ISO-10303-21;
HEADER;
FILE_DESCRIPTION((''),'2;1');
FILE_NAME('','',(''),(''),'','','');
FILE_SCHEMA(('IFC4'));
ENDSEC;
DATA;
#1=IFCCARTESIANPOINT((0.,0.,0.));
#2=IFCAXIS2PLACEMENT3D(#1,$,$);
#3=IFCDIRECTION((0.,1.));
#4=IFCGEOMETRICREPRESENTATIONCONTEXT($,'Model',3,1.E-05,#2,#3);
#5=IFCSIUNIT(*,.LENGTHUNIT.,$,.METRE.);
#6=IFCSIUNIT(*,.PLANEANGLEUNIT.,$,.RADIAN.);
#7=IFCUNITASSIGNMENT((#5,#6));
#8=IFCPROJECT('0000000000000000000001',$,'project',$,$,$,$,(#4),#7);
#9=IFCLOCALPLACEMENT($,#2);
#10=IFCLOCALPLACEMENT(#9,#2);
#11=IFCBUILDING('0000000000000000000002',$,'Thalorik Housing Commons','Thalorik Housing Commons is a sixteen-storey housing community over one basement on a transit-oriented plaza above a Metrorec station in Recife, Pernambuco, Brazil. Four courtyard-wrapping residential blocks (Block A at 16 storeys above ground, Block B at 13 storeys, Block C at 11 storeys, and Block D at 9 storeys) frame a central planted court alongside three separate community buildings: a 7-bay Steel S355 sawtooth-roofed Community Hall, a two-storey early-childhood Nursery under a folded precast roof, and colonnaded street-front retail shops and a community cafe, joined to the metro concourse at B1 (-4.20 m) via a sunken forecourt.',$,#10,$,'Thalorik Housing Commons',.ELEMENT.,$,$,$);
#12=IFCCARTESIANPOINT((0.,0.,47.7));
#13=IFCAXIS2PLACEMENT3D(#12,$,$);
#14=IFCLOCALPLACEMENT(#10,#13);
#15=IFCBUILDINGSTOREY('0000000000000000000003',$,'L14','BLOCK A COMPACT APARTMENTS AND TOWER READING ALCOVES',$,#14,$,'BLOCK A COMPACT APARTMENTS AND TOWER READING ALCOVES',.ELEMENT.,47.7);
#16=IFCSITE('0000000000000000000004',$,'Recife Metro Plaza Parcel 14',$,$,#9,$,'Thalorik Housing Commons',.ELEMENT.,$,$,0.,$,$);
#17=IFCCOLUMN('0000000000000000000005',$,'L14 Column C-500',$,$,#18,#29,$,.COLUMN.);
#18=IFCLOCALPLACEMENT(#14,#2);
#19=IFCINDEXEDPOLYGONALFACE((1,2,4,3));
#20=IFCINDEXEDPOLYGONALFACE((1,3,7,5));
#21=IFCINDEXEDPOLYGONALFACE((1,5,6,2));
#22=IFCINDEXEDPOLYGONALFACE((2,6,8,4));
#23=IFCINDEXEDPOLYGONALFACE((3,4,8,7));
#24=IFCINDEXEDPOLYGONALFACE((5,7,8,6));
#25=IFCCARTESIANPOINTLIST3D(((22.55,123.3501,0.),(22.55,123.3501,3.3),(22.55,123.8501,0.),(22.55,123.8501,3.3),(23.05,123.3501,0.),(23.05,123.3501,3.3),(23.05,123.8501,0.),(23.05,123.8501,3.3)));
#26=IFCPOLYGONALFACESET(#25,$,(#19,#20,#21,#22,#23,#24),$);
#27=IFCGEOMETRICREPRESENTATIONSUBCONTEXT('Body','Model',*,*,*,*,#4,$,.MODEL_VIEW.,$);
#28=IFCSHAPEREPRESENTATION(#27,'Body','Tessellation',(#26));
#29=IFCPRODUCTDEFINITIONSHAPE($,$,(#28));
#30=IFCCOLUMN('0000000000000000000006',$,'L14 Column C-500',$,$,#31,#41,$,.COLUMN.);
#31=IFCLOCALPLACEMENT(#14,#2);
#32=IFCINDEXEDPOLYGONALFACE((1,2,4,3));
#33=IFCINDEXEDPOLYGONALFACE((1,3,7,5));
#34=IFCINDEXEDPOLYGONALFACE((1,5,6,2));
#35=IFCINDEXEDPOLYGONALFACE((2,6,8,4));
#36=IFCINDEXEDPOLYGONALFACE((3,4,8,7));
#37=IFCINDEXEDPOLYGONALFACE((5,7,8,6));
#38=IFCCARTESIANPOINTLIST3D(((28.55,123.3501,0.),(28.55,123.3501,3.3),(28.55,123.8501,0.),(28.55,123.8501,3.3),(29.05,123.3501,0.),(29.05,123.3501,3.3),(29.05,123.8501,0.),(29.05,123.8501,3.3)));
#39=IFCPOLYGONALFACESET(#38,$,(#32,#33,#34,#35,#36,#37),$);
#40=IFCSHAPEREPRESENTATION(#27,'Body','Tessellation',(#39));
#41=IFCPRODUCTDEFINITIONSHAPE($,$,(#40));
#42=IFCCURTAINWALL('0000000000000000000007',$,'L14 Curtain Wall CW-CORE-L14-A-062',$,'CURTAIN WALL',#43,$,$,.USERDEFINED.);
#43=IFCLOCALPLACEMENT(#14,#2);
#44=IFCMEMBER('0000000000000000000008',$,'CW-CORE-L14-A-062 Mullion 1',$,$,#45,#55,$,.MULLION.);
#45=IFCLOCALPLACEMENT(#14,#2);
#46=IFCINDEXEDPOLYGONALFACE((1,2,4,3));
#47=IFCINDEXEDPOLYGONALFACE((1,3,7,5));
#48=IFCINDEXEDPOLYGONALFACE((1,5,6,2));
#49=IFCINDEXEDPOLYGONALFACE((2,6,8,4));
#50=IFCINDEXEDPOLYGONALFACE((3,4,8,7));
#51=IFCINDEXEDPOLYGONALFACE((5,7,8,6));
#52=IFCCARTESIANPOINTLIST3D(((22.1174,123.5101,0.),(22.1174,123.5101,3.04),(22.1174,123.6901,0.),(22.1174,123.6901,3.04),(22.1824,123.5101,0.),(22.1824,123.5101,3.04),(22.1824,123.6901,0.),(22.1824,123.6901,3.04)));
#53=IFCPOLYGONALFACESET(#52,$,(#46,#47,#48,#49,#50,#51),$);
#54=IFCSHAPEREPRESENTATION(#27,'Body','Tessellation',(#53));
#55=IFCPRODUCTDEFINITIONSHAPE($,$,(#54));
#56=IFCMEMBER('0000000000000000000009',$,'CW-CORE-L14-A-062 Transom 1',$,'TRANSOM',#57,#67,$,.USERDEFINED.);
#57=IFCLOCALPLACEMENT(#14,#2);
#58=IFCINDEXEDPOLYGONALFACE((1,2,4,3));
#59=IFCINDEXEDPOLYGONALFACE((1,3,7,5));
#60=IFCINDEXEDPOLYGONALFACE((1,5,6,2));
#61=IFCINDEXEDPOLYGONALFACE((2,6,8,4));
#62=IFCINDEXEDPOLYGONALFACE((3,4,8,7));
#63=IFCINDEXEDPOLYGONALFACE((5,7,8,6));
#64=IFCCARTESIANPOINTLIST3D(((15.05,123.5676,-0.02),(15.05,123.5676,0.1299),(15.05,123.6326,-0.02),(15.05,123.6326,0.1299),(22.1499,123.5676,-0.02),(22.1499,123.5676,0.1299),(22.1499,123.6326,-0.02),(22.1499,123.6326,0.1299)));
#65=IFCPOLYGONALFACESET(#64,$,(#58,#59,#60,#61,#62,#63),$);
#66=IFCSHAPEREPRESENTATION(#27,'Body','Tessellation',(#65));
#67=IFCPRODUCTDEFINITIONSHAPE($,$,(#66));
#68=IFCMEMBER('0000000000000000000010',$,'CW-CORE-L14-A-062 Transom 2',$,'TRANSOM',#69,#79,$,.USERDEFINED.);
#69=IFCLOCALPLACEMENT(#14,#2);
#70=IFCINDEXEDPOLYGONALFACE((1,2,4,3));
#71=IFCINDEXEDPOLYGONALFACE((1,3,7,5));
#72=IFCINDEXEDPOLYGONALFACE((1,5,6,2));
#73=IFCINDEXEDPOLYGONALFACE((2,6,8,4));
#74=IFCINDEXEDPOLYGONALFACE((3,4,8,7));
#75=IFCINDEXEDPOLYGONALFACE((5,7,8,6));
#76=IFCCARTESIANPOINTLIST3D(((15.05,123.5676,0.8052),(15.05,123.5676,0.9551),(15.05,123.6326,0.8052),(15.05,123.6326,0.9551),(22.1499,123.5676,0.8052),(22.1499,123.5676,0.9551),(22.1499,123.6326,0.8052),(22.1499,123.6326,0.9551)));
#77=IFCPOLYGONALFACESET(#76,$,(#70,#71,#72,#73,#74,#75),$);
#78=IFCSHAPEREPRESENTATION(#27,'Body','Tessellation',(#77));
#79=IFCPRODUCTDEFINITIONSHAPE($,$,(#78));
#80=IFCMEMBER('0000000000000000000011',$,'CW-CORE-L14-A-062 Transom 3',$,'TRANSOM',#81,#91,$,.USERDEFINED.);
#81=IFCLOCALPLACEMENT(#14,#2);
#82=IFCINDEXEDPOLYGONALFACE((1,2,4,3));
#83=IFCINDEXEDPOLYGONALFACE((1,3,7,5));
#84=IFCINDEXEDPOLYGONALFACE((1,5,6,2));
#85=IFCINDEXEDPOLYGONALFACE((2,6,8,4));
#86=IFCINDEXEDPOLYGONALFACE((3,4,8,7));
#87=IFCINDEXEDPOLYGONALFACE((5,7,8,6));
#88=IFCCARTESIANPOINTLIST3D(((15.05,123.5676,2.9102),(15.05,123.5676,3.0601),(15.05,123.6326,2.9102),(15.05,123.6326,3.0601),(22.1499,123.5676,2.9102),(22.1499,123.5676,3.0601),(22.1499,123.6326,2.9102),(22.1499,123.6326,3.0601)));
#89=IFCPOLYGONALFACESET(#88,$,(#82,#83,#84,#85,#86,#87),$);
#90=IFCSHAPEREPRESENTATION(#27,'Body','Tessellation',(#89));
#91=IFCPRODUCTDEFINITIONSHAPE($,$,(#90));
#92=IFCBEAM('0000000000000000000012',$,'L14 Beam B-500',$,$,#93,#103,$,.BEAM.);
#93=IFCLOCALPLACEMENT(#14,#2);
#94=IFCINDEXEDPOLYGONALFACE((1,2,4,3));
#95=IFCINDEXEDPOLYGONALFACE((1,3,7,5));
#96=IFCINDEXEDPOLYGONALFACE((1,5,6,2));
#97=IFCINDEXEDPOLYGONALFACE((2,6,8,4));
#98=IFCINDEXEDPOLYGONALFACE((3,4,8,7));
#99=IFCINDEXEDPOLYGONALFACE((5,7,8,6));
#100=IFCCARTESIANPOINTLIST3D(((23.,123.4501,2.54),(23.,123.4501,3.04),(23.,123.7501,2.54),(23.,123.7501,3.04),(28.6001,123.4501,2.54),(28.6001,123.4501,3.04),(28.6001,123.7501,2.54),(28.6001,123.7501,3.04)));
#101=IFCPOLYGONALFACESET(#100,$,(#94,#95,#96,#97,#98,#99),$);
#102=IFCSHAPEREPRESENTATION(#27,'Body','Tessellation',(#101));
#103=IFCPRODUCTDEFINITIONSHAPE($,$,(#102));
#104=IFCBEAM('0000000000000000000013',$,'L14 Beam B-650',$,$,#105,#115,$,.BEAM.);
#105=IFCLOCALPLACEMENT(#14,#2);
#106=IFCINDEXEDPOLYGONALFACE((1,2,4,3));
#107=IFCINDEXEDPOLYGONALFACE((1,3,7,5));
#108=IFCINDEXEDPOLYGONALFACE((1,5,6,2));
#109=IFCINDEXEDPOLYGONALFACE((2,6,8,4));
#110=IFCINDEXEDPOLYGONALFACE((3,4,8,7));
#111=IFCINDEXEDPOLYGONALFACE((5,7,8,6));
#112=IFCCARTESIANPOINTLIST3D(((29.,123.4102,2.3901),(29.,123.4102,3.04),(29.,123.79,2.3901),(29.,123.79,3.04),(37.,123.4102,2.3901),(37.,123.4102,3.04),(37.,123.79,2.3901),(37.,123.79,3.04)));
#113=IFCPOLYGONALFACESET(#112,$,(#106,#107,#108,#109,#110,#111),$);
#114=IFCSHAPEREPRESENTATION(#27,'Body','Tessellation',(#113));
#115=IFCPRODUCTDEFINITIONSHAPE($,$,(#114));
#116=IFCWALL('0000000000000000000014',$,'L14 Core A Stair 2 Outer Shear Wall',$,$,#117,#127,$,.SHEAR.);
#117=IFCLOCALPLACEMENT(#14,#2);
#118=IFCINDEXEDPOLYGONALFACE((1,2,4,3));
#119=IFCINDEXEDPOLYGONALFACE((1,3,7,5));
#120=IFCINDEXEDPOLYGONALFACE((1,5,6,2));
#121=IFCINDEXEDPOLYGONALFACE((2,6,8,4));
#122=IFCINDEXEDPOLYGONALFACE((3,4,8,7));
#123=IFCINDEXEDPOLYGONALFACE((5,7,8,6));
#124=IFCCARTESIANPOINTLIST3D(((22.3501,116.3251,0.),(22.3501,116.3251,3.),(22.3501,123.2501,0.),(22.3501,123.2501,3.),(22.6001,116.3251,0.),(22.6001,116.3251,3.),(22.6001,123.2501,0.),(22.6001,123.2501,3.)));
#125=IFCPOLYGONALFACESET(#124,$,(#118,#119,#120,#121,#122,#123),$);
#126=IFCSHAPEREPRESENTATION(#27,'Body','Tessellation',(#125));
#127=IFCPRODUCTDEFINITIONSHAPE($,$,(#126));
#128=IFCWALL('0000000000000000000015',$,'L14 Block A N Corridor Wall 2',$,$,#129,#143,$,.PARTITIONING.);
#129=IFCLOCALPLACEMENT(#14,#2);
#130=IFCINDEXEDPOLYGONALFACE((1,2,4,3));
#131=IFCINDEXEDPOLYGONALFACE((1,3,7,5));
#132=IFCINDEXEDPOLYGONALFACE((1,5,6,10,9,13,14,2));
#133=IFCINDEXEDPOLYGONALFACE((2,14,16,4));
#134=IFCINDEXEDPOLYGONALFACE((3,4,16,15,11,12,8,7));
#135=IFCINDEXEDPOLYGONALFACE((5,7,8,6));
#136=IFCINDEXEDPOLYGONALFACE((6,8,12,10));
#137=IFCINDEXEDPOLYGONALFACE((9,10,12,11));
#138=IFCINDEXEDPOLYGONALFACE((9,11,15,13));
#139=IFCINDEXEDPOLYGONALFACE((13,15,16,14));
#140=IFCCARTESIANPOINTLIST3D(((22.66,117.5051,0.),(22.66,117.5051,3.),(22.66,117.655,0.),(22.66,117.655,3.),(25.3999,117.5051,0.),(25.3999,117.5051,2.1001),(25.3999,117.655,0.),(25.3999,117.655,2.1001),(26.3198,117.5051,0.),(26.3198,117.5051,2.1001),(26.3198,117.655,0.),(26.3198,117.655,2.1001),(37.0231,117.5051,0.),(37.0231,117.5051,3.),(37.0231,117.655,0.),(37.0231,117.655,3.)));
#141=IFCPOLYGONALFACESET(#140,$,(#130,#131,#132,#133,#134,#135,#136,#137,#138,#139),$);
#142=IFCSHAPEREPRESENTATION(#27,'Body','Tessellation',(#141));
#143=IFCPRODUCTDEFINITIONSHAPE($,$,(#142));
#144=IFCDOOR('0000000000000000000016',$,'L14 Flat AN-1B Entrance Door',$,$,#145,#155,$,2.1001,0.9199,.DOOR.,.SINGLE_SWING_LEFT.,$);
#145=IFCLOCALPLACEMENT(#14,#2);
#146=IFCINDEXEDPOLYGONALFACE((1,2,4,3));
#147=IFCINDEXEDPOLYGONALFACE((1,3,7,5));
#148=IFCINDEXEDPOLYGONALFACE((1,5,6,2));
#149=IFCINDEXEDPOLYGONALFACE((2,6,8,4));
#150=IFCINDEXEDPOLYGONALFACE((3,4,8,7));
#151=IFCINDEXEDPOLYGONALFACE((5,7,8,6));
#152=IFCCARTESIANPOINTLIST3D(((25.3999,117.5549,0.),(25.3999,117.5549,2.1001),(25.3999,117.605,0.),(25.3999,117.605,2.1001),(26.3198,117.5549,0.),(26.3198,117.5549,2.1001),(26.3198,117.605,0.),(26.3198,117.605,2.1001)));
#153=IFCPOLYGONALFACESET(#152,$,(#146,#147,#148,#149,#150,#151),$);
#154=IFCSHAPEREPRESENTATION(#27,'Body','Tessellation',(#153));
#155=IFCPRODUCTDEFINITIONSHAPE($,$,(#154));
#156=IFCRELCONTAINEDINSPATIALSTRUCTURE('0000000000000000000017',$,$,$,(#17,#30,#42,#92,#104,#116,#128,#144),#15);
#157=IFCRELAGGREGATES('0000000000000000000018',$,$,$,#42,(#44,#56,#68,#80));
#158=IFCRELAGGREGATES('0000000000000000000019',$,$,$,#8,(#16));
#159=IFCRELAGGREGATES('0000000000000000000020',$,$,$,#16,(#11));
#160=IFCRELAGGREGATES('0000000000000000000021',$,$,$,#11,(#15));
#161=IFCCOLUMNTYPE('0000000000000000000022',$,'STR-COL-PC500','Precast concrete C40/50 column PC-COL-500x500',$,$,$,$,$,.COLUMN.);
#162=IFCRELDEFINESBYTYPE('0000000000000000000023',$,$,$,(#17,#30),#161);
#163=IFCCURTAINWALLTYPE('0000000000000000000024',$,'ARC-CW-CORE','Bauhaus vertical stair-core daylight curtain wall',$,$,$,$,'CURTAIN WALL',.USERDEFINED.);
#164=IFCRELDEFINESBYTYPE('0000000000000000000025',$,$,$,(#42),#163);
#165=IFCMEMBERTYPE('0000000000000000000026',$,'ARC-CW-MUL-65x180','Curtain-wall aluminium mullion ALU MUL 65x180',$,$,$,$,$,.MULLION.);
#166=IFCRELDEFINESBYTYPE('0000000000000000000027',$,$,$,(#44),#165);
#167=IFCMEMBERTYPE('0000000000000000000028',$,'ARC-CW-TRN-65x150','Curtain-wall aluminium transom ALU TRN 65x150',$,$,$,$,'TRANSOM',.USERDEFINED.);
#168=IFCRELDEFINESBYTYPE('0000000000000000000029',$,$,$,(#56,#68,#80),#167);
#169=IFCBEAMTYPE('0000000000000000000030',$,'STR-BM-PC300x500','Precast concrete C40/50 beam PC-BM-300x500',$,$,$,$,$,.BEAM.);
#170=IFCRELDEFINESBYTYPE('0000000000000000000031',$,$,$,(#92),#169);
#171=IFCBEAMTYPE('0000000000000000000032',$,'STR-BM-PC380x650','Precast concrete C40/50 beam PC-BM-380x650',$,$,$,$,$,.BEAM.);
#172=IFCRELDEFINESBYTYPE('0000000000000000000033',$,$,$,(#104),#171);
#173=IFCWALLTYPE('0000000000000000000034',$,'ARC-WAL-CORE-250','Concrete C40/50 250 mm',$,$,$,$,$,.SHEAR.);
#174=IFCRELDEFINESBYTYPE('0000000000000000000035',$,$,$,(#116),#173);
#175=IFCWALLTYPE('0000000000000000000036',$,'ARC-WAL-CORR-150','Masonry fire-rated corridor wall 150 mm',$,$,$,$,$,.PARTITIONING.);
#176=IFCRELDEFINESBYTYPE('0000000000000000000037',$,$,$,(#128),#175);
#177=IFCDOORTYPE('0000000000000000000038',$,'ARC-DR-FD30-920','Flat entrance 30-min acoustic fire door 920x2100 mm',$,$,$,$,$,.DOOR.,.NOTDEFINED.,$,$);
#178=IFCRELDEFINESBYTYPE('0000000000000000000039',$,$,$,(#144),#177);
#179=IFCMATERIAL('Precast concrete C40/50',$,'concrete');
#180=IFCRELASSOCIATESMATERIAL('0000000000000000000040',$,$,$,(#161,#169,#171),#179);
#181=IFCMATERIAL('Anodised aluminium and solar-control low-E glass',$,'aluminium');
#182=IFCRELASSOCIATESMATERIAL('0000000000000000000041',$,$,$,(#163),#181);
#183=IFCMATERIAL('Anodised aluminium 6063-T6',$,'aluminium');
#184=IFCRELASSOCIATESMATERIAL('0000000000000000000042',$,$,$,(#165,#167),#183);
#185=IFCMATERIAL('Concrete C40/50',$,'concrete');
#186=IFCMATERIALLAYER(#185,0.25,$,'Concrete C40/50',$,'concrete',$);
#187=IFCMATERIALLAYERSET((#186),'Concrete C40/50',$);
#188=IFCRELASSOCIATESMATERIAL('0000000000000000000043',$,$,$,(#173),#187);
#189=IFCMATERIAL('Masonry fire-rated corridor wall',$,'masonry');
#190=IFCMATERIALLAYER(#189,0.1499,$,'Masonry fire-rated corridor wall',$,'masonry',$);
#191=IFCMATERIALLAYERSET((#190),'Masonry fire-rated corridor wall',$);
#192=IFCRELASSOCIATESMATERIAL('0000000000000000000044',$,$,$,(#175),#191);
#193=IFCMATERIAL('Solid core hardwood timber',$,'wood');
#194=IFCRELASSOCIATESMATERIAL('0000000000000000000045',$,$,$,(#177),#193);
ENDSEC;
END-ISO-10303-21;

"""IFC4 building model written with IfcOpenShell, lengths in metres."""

from ifc_helpers import new_model, si_unit, direction, frame, frame_2d, origin, origin_2d, place, context, subcontext, project, spatial, rectangle, extrude, material, layer, layer_set, material_profile, profile_set, type_object, element, fill, aggregate, save


model = new_model("IFC4")

# Units and contexts
model_context = context("Model", 3, precision=1e-05, world=origin(), true_north=direction((0.0, 1.0)))
body_context = subcontext(model_context, "Body", "Model", "MODEL_VIEW")
ifc_project = project(units=[si_unit("LENGTHUNIT", "METRE"), si_unit("PLANEANGLEUNIT", "RADIAN")], contexts=[model_context])

# Site, building, storey
site_placement = place(None, origin())
site = spatial("IfcSite", under=ifc_project, at=site_placement, Name="Recife Metro Plaza Parcel 14", LongName="Thalorik Housing Commons", CompositionType="ELEMENT", RefElevation=0.0)
building_placement = place(site_placement, origin())
building = spatial("IfcBuilding", under=site, at=building_placement, Name="Thalorik Housing Commons", Description="Thalorik Housing Commons is a sixteen-storey housing community over one basement on a transit-oriented plaza above a Metrorec station in Recife, Pernambuco, Brazil. Four courtyard-wrapping residential blocks (Block A at 16 storeys above ground, Block B at 13 storeys, Block C at 11 storeys, and Block D at 9 storeys) frame a central planted court alongside three separate community buildings: a 7-bay Steel S355 sawtooth-roofed Community Hall, a two-storey early-childhood Nursery under a folded precast roof, and colonnaded street-front retail shops and a community cafe, joined to the metro concourse at B1 (-4.20 m) via a sunken forecourt.", LongName="Thalorik Housing Commons", CompositionType="ELEMENT")
storey_placement = place(building_placement, frame((0.0, 0.0, 47.7)))
storey = spatial("IfcBuildingStorey", under=building, at=storey_placement, Name="L14", Description="BLOCK A COMPACT APARTMENTS AND TOWER READING ALCOVES", LongName="BLOCK A COMPACT APARTMENTS AND TOWER READING ALCOVES", CompositionType="ELEMENT", Elevation=47.7)

# Columns
ifc_material_1 = material(Name="Precast concrete C40/50", Category="concrete")
ifc_material_profile_1 = material_profile(ifc_material_1, rectangle(XDim=0.5, YDim=0.5, at=origin_2d()), Name="PC 500x500", Category="concrete")
ifc_profile_set_1 = profile_set([ifc_material_profile_1], Name="Precast concrete C40/50")
column_type = type_object("IfcColumnType", Name="STR-COL-PC500", Description="Precast concrete C40/50 column PC-COL-500x500", PredefinedType="COLUMN", material=ifc_profile_set_1)
for number, where, z_axis, x_axis, name in (
    (1, (22.8, 123.6001, 0.0), (0.0, 0.0, 1.0), (1.0, 0.0, 0.0), "L14 Column C-500"),
    (2, (28.8, 123.6001, 0.0), (0.0, 0.0, 1.0), (1.0, 0.0, 0.0), "L14 Column C-500"),
):
    element("IfcColumn", number, at=place(storey_placement, frame(where, z_axis=z_axis, x_axis=x_axis)), inside=storey, type_object=column_type, Name=name, PredefinedType="COLUMN", context=body_context, shape_type="SweptSolid", body=[
        extrude(rectangle(XDim=0.5, YDim=0.5, at=origin_2d()), origin(), (0.0, 0.0, 1.0), 3.3),
    ])

# Curtain wall, members
ifc_material_2 = material(Name="Anodised aluminium and solar-control low-E glass", Category="aluminium")
curtain_wall_type = type_object("IfcCurtainWallType", Name="ARC-CW-CORE", Description="Bauhaus vertical stair-core daylight curtain wall", ElementType="CURTAIN WALL", PredefinedType="USERDEFINED", material=ifc_material_2)
curtain_wall_placement = place(storey_placement, origin())
curtain_wall = element("IfcCurtainWall", 3, at=curtain_wall_placement, inside=storey, type_object=curtain_wall_type, Name="L14 Curtain Wall CW-CORE-L14-A-062", ObjectType="CURTAIN WALL", PredefinedType="USERDEFINED")
ifc_material_3 = material(Name="Anodised aluminium 6063-T6", Category="aluminium")
ifc_material_profile_2 = material_profile(ifc_material_3, rectangle(XDim=0.0649, YDim=0.1799, at=origin_2d()), Name="ALU MUL 65x180", Category="aluminium")
ifc_profile_set_2 = profile_set([ifc_material_profile_2], Name="Anodised aluminium 6063-T6")
member_type_1 = type_object("IfcMemberType", Name="ARC-CW-MUL-65x180", Description="Curtain-wall aluminium mullion ALU MUL 65x180", PredefinedType="MULLION", material=ifc_profile_set_2)
member_1_placement = place(storey_placement, frame((22.1499, 123.6001, 0.0), z_axis=(0.0, 0.0, 1.0), x_axis=(-1.0, 0.0, 0.0)))
member_1 = element("IfcMember", 4, at=member_1_placement, type_object=member_type_1, Name="CW-CORE-L14-A-062 Mullion 1", PredefinedType="MULLION", context=body_context, shape_type="SweptSolid", body=[
    extrude(rectangle(XDim=0.0649, YDim=0.1799, at=origin_2d()), origin(), (0.0, 0.0, 1.0), 3.04),
])
ifc_material_profile_3 = material_profile(ifc_material_3, rectangle(XDim=0.0649, YDim=0.1499, at=origin_2d()), Name="ALU TRN 65x150", Category="aluminium")
ifc_profile_set_3 = profile_set([ifc_material_profile_3], Name="Anodised aluminium 6063-T6")
member_type_2 = type_object("IfcMemberType", Name="ARC-CW-TRN-65x150", Description="Curtain-wall aluminium transom ALU TRN 65x150", ElementType="TRANSOM", PredefinedType="USERDEFINED", material=ifc_profile_set_3)
member_2_placement = place(storey_placement, frame((22.1499, 123.6001, 0.0549), z_axis=(-1.0, 0.0, 0.0), x_axis=(0.0, -1.0, 0.0)))
member_2 = element("IfcMember", 5, at=member_2_placement, type_object=member_type_2, Name="CW-CORE-L14-A-062 Transom 1", ObjectType="TRANSOM", PredefinedType="USERDEFINED", context=body_context, shape_type="SweptSolid", body=[
    extrude(rectangle(XDim=0.0649, YDim=0.1499, at=origin_2d()), origin(), (0.0, 0.0, 1.0), 7.0999),
])
member_3_placement = place(storey_placement, frame((22.1499, 123.6001, 0.8801), z_axis=(-1.0, 0.0, 0.0), x_axis=(0.0, -1.0, 0.0)))
member_3 = element("IfcMember", 6, at=member_3_placement, type_object=member_type_2, Name="CW-CORE-L14-A-062 Transom 2", ObjectType="TRANSOM", PredefinedType="USERDEFINED", context=body_context, shape_type="SweptSolid", body=[
    extrude(rectangle(XDim=0.0649, YDim=0.1499, at=origin_2d()), origin(), (0.0, 0.0, 1.0), 7.0999),
])
member_4_placement = place(storey_placement, frame((22.1499, 123.6001, 2.9851), z_axis=(-1.0, 0.0, 0.0), x_axis=(0.0, -1.0, 0.0)))
member_4 = element("IfcMember", 7, at=member_4_placement, type_object=member_type_2, Name="CW-CORE-L14-A-062 Transom 3", ObjectType="TRANSOM", PredefinedType="USERDEFINED", context=body_context, shape_type="SweptSolid", body=[
    extrude(rectangle(XDim=0.0649, YDim=0.1499, at=origin_2d()), origin(), (0.0, 0.0, 1.0), 7.0999),
])
aggregate(curtain_wall, [member_1, member_2, member_3, member_4])

# Beams
ifc_material_profile_4 = material_profile(ifc_material_1, rectangle(XDim=0.3, YDim=0.5, at=origin_2d()), Name="PC 300x500", Category="concrete")
ifc_profile_set_4 = profile_set([ifc_material_profile_4], Name="Precast concrete C40/50")
beam_type_1 = type_object("IfcBeamType", Name="STR-BM-PC300x500", Description="Precast concrete C40/50 beam PC-BM-300x500", PredefinedType="BEAM", material=ifc_profile_set_4)
beam_1_placement = place(storey_placement, frame((23.0, 123.6001, 2.79), z_axis=(1.0, 0.0, 0.0), x_axis=(0.0, 1.0, 0.0)))
element("IfcBeam", 8, at=beam_1_placement, inside=storey, type_object=beam_type_1, Name="L14 Beam B-500", PredefinedType="BEAM", context=body_context, shape_type="SweptSolid", body=[
    extrude(rectangle(XDim=0.3, YDim=0.5, at=origin_2d()), origin(), (0.0, 0.0, 1.0), 5.6001),
])
ifc_material_profile_5 = material_profile(ifc_material_1, rectangle(XDim=0.3799, YDim=0.6499, at=origin_2d()), Name="PC 380x650", Category="concrete")
ifc_profile_set_5 = profile_set([ifc_material_profile_5], Name="Precast concrete C40/50")
beam_type_2 = type_object("IfcBeamType", Name="STR-BM-PC380x650", Description="Precast concrete C40/50 beam PC-BM-380x650", PredefinedType="BEAM", material=ifc_profile_set_5)
beam_2_placement = place(storey_placement, frame((29.0, 123.6001, 2.7151), z_axis=(1.0, 0.0, 0.0), x_axis=(0.0, 1.0, 0.0)))
element("IfcBeam", 9, at=beam_2_placement, inside=storey, type_object=beam_type_2, Name="L14 Beam B-650", PredefinedType="BEAM", context=body_context, shape_type="SweptSolid", body=[
    extrude(rectangle(XDim=0.3799, YDim=0.6499, at=origin_2d()), origin(), (0.0, 0.0, 1.0), 8.0),
])

# Wall
ifc_material_4 = material(Name="Concrete C40/50", Category="concrete")
ifc_layer_1 = layer(ifc_material_4, 0.25, Name="Concrete C40/50", Category="concrete")
ifc_layer_set_1 = layer_set([ifc_layer_1], Name="Concrete C40/50")
wall_type_1 = type_object("IfcWallType", Name="ARC-WAL-CORE-250", Description="Concrete C40/50 250 mm", PredefinedType="SHEAR", material=ifc_layer_set_1)
wall_1_placement = place(storey_placement, frame((22.4751, 123.25, 0.0), z_axis=(0.0, 0.0, 1.0), x_axis=(0.0, -1.0, 0.0)))
element("IfcWall", 10, at=wall_1_placement, inside=storey, type_object=wall_type_1, Name="L14 Core A Stair 2 Outer Shear Wall", PredefinedType="SHEAR", context=body_context, shape_type="SweptSolid", body=[
    extrude(rectangle(XDim=6.925, YDim=0.25, at=frame_2d((3.4624, 0.0))), origin(), (0.0, 0.0, 1.0), 3.0),
])

# Wall, opening, door
ifc_material_5 = material(Name="Masonry fire-rated corridor wall", Category="masonry")
ifc_layer_2 = layer(ifc_material_5, 0.1499, Name="Masonry fire-rated corridor wall", Category="masonry")
ifc_layer_set_2 = layer_set([ifc_layer_2], Name="Masonry fire-rated corridor wall")
wall_type_2 = type_object("IfcWallType", Name="ARC-WAL-CORR-150", Description="Masonry fire-rated corridor wall 150 mm", PredefinedType="PARTITIONING", material=ifc_layer_set_2)
wall_2_placement = place(storey_placement, frame((22.6599, 117.5801, 0.0), z_axis=(0.0, 0.0, 1.0), x_axis=(1.0, 0.0, 0.0)))
wall_2 = element("IfcWall", 11, at=wall_2_placement, inside=storey, type_object=wall_type_2, Name="L14 Block A N Corridor Wall 2", PredefinedType="PARTITIONING", context=body_context, shape_type="SweptSolid", body=[
    extrude(rectangle(XDim=14.363, YDim=0.1499, at=frame_2d((7.1816, 0.0))), origin(), (0.0, 0.0, 1.0), 3.0),
])
opening_1_placement = place(wall_2_placement, frame((2.74, 0.0, 0.0)))
opening_1 = element("IfcOpeningElement", 12, at=opening_1_placement, cuts=wall_2, PredefinedType="OPENING", context=body_context, shape_type="SweptSolid", body=[
    extrude(rectangle(XDim=0.9199, YDim=2.1001, at=frame_2d((0.46, 1.05))), frame((0.0, 0.085, 0.0), z_axis=(0.0, -1.0, 0.0), x_axis=(1.0, 0.0, 0.0)), (0.0, 0.0, 1.0), 0.1699),
])
ifc_material_6 = material(Name="Solid core hardwood timber", Category="wood")
door_type_1 = type_object("IfcDoorType", Name="ARC-DR-FD30-920", Description="Flat entrance 30-min acoustic fire door 920x2100 mm", OperationType="NOTDEFINED", PredefinedType="DOOR", material=ifc_material_6)
door_1_placement = place(opening_1_placement, origin())
door_1 = element("IfcDoor", 13, at=door_1_placement, inside=storey, type_object=door_type_1, Name="L14 Flat AN-1B Entrance Door", OperationType="SINGLE_SWING_LEFT", OverallHeight=2.1001, OverallWidth=0.9199, PredefinedType="DOOR", context=body_context, shape_type="SweptSolid", body=[
    extrude(rectangle(XDim=0.9199, YDim=2.1001, at=frame_2d((0.46, 1.05))), frame((0.0, 0.0249, 0.0), z_axis=(0.0, -1.0, 0.0), x_axis=(1.0, 0.0, 0.0)), (0.0, 0.0, 1.0), 0.05),
])
fill(opening_1, door_1)

save(model, "model.ifc")
